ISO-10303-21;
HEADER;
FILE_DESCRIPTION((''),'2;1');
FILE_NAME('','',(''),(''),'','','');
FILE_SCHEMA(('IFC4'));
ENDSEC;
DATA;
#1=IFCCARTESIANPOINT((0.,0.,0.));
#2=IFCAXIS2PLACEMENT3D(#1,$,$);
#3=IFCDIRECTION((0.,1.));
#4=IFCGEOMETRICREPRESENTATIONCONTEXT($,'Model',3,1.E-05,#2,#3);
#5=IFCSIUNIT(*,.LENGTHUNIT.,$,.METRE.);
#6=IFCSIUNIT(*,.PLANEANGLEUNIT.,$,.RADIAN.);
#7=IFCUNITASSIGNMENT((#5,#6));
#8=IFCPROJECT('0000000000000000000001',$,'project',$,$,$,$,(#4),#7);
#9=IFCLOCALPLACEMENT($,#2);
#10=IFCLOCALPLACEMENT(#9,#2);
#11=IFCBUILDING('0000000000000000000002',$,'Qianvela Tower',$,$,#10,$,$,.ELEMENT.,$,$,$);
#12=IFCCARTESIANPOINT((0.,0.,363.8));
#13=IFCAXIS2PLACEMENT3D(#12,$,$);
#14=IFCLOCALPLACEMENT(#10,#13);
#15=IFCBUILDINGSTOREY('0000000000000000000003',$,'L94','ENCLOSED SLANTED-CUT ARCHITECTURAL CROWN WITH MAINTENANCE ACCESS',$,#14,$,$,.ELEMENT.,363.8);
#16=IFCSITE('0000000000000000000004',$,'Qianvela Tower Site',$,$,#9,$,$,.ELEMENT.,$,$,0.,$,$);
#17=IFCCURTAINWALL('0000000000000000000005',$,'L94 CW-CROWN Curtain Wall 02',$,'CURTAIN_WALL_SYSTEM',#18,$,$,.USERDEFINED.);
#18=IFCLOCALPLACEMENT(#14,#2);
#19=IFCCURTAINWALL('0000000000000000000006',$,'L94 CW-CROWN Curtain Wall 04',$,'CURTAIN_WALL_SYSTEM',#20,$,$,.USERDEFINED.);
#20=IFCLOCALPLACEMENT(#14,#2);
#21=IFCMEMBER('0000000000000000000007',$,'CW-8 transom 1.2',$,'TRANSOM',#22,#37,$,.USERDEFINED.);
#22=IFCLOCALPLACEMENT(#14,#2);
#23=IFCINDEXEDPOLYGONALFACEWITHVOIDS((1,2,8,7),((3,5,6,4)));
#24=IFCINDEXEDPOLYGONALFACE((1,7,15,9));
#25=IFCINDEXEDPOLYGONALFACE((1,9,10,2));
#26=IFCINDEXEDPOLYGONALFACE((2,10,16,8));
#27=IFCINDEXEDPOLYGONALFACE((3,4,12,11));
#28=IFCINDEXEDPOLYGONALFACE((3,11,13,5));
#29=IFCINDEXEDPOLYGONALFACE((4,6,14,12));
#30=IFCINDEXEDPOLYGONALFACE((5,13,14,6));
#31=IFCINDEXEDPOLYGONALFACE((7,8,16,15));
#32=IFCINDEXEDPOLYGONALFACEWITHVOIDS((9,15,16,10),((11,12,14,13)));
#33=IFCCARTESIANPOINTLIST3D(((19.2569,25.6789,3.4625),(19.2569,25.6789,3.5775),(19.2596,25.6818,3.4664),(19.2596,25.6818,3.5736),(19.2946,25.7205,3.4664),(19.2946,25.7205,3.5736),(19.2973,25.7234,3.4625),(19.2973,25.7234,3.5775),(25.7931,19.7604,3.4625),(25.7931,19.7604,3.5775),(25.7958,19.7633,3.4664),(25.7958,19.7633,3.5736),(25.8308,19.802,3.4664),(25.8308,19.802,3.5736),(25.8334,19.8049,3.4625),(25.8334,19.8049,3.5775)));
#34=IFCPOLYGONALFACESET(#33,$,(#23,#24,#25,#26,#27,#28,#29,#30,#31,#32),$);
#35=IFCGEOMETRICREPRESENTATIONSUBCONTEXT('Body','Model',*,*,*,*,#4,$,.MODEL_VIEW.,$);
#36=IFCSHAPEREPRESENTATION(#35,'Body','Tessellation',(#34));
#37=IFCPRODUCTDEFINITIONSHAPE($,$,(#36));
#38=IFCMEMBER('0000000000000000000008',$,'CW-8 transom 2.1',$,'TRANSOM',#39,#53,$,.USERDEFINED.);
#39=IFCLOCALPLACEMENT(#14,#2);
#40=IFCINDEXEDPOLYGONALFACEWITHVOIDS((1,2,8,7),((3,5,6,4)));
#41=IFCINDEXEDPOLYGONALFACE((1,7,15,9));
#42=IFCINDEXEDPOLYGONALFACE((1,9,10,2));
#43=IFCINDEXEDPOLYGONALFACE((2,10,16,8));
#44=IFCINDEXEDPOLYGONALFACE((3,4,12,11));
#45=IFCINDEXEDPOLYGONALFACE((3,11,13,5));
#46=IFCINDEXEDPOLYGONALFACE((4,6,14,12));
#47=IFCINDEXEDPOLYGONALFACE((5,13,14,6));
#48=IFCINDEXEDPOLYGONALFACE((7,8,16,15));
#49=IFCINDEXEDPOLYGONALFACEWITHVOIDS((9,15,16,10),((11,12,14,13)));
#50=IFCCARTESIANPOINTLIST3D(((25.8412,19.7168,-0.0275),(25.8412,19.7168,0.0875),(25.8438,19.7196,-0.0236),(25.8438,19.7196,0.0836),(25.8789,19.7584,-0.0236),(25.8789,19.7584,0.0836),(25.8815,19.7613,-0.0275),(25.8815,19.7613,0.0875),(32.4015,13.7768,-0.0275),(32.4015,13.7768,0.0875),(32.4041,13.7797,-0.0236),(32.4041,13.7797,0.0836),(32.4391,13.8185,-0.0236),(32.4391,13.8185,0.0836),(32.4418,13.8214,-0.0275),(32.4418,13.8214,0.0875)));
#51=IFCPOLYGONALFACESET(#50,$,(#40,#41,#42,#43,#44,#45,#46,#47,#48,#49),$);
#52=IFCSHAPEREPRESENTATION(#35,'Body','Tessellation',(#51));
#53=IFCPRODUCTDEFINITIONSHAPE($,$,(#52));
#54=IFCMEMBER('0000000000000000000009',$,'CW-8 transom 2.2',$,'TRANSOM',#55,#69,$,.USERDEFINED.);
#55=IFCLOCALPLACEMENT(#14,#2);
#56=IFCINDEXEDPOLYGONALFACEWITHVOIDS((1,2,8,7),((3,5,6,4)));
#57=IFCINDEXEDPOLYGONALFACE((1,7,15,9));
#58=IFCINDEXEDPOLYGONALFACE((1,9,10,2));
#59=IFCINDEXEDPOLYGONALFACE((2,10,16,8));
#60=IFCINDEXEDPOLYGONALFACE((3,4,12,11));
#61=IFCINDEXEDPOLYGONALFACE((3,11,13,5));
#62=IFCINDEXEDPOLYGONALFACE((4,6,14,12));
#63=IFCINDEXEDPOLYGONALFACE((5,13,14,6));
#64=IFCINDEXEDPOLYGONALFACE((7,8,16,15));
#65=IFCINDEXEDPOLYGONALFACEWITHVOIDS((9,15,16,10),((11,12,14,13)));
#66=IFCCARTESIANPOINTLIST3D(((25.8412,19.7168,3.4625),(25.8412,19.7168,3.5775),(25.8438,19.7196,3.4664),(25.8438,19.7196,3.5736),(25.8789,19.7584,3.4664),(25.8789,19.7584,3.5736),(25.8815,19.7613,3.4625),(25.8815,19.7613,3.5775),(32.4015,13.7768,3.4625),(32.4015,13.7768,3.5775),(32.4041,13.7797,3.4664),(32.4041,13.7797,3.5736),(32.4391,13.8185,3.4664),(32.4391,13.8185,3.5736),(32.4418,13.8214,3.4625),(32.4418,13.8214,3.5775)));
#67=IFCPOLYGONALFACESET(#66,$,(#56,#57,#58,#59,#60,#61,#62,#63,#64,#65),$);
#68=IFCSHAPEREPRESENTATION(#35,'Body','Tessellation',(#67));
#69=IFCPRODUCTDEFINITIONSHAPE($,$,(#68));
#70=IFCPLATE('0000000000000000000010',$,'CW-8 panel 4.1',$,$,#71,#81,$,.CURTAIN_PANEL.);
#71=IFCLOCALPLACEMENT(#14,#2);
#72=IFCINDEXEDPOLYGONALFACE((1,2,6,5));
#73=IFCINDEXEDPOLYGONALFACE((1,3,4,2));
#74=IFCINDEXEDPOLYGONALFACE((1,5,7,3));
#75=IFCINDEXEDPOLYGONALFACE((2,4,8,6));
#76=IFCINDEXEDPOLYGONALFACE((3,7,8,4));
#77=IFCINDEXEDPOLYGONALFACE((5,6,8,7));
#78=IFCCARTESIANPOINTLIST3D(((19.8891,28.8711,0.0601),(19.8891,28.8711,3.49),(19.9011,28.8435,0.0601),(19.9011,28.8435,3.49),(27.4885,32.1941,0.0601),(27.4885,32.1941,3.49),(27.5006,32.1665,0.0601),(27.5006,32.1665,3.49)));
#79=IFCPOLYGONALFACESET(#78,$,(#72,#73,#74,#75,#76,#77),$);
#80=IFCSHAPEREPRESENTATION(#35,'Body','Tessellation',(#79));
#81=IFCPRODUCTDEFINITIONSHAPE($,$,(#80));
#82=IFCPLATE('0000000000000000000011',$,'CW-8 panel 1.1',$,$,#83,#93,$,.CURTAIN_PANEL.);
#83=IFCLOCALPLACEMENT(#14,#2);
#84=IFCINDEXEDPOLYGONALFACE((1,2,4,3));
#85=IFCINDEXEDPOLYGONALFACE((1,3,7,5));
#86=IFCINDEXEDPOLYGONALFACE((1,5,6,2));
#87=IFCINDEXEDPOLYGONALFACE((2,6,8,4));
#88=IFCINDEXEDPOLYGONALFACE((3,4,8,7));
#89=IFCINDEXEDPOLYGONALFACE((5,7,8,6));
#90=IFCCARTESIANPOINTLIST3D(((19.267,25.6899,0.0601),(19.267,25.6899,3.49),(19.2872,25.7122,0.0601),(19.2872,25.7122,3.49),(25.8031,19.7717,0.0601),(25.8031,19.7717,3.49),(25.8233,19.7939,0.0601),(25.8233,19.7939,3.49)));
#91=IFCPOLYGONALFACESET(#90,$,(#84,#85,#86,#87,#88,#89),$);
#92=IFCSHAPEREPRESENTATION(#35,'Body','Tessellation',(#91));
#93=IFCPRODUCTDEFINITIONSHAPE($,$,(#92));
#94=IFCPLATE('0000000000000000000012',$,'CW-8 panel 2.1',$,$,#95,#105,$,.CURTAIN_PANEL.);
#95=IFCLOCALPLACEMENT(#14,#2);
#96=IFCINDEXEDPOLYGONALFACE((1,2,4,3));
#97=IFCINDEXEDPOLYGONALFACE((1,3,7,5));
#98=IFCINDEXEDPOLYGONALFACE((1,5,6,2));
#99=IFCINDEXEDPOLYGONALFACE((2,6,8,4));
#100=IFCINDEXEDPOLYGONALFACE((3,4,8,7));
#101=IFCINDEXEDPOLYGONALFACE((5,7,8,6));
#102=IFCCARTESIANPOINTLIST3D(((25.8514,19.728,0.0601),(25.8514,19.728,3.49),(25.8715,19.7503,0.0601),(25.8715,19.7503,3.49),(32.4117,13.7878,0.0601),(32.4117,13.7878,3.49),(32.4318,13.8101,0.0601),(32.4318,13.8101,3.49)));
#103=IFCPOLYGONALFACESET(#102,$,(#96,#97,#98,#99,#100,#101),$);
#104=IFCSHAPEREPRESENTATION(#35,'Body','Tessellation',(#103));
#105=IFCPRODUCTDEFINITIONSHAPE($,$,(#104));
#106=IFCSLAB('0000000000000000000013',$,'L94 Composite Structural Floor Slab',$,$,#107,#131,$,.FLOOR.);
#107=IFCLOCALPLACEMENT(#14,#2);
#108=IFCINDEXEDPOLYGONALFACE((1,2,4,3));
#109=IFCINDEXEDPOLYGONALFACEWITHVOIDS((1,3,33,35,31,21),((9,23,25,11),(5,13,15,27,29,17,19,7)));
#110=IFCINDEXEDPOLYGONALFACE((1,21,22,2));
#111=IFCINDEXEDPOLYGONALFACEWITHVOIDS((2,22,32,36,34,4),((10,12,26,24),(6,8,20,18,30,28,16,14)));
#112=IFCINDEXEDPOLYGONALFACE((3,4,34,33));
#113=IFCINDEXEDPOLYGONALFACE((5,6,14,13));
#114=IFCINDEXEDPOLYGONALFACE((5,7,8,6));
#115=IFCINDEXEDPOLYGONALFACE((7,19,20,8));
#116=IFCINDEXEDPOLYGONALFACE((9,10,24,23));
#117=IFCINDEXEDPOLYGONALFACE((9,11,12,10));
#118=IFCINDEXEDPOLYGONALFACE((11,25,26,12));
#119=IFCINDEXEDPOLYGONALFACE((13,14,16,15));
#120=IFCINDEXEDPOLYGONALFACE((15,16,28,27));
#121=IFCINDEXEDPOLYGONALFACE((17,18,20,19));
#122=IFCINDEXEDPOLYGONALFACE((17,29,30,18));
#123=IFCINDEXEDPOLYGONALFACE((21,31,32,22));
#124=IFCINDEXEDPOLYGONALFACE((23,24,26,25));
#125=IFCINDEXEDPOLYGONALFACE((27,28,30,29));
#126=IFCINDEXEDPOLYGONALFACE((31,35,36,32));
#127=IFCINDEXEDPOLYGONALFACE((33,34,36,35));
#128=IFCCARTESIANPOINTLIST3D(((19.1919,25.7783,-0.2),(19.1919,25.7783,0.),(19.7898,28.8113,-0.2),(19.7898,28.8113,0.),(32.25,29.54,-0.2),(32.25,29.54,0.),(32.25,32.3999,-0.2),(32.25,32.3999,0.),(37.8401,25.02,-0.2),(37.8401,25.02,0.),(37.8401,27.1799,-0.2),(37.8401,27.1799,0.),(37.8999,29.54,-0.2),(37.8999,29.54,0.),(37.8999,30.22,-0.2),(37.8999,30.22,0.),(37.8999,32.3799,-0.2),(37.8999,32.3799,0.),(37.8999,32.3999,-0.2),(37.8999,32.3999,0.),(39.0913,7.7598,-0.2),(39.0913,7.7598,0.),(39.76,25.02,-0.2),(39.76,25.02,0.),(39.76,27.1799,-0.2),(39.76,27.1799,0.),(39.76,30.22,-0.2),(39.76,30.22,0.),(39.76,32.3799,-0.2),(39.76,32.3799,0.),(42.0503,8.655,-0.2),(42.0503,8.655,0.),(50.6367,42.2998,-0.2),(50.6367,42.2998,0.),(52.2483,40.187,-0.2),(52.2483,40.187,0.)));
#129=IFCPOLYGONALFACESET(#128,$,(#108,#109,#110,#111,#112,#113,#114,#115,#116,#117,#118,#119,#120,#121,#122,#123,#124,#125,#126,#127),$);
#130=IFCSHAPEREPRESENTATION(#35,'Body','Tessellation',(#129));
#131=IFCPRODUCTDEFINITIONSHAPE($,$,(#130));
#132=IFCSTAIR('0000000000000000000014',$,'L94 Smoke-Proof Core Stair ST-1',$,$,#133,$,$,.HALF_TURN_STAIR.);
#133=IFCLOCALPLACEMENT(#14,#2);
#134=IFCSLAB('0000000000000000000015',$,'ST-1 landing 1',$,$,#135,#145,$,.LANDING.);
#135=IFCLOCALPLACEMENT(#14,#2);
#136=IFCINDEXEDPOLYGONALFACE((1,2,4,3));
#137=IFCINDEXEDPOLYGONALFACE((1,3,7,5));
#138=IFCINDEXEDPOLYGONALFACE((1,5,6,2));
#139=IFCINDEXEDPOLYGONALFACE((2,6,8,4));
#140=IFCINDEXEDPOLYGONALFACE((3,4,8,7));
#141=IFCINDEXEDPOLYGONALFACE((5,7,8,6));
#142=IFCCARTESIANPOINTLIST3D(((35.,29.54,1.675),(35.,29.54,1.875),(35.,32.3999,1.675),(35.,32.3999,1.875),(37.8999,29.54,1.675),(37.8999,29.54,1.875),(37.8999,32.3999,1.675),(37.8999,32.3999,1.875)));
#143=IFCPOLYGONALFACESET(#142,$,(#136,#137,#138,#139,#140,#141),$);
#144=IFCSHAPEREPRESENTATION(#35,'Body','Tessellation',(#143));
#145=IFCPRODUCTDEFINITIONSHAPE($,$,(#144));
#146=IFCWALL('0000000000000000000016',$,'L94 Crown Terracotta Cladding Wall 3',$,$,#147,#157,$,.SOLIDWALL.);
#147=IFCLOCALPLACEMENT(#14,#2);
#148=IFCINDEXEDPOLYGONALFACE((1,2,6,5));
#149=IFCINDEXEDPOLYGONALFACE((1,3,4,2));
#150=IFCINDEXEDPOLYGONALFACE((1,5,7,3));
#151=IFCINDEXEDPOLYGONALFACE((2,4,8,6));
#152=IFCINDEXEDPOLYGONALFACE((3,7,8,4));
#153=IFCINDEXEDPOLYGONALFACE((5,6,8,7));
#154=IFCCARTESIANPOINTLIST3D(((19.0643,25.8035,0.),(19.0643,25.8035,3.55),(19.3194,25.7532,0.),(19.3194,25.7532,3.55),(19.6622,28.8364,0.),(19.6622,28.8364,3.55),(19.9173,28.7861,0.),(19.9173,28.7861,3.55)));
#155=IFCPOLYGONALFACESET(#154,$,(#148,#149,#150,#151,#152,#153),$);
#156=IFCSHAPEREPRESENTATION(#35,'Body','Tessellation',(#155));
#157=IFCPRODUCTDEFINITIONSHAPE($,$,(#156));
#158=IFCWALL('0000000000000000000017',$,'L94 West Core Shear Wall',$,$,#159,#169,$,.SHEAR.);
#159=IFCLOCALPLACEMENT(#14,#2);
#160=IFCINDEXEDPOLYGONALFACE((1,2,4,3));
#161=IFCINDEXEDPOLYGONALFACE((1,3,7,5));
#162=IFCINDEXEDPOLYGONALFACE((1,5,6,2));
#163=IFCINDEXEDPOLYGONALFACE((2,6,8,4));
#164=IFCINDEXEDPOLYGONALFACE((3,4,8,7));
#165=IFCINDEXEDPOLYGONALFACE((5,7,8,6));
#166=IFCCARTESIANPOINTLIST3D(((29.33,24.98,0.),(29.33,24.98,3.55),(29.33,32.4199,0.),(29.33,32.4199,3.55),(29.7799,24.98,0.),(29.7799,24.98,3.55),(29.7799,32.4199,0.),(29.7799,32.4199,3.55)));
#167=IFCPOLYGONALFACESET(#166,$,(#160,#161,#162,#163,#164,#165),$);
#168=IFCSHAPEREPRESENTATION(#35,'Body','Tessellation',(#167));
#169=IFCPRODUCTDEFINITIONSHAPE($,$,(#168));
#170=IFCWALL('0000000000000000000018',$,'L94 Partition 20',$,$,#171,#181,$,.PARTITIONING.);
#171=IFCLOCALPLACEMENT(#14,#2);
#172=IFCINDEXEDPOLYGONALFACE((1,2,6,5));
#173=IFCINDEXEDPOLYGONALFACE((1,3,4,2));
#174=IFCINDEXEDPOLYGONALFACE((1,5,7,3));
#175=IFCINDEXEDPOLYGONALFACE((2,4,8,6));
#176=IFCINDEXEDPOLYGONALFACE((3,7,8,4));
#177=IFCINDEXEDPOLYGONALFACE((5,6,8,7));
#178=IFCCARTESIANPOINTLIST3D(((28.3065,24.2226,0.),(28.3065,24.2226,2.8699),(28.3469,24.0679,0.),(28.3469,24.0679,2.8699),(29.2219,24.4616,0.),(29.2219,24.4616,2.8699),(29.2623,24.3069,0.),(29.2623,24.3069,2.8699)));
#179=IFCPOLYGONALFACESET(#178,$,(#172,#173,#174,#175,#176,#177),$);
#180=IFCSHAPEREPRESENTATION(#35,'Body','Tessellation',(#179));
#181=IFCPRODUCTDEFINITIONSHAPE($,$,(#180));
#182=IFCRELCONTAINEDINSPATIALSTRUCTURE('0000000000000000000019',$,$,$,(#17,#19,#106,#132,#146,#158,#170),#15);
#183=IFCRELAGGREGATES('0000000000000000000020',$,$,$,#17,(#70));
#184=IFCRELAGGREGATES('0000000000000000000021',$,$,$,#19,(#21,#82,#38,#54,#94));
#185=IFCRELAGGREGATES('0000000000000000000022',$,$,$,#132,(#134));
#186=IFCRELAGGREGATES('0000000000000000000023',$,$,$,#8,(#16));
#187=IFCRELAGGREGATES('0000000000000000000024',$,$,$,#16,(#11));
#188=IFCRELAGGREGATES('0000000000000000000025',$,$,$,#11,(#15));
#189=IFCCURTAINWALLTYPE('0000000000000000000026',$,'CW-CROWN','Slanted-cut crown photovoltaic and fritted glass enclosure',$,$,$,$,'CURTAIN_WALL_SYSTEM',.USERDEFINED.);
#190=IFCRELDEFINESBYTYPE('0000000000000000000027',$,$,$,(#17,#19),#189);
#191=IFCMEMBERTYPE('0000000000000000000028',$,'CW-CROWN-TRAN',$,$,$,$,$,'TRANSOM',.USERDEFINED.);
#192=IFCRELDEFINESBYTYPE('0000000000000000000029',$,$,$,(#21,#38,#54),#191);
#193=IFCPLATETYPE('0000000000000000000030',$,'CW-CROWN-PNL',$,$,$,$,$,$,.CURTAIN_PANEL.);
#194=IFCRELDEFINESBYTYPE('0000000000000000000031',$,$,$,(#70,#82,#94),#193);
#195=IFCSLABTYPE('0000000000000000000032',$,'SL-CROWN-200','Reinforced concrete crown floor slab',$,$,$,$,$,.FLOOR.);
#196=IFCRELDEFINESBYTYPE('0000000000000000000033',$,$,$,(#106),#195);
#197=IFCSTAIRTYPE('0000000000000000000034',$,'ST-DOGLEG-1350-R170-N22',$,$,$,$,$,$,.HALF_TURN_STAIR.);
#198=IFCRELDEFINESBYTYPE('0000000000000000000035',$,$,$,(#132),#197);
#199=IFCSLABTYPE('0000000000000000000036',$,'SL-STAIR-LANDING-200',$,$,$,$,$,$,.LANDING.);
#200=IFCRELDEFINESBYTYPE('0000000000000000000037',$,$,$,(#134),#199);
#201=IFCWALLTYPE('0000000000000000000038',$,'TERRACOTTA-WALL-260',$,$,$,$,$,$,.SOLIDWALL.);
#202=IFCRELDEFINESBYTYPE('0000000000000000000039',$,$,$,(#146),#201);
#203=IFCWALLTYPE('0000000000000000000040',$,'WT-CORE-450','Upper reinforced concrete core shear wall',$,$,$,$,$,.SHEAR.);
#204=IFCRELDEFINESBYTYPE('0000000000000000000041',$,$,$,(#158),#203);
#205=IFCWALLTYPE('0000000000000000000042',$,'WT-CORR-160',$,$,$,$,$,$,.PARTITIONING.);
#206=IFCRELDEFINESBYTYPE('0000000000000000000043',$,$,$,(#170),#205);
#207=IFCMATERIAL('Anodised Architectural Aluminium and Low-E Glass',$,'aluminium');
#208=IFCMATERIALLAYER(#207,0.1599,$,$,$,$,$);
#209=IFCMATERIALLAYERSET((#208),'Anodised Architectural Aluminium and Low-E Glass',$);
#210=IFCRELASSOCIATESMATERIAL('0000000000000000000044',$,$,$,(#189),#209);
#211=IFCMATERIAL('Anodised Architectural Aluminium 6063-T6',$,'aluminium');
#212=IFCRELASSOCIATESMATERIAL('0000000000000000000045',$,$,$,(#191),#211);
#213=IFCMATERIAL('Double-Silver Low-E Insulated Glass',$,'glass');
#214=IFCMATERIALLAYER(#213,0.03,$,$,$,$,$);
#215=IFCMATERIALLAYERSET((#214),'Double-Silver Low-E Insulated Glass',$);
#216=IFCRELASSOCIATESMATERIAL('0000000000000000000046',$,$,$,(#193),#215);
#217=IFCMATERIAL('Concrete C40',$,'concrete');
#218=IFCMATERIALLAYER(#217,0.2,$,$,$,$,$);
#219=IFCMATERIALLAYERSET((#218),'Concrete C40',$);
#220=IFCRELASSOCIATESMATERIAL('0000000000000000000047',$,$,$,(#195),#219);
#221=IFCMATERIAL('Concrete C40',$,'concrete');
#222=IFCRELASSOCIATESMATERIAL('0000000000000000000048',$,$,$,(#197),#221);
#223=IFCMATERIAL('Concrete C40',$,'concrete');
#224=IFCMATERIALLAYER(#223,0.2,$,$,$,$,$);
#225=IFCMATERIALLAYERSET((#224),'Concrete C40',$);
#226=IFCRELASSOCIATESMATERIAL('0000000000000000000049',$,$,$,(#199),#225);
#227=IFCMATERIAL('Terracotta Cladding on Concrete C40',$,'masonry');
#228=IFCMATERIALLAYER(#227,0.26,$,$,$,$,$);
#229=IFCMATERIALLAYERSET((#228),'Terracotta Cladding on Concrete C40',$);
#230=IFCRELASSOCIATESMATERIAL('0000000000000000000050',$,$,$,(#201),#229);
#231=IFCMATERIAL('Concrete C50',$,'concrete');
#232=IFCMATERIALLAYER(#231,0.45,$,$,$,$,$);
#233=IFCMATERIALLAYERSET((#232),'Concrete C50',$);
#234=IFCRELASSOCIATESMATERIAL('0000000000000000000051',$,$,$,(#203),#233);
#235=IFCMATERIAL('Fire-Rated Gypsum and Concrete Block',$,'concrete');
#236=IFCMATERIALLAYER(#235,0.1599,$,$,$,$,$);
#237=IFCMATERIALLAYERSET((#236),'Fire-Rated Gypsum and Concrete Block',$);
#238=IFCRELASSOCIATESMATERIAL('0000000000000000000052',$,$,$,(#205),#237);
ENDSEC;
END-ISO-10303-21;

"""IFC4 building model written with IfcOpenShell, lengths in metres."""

from ifc_helpers import new_model, si_unit, direction, frame, frame_2d, origin, origin_2d, place, context, subcontext, project, spatial, polyline, rectangle, hollow_rectangle, outline, extrude, material, layer, layer_set, material_profile, profile_set, type_object, element, aggregate, save


model = new_model("IFC4")

# Units and contexts
model_context = context("Model", 3, precision=1e-05, world=origin(), true_north=direction((0.0, 1.0)))
body_context = subcontext(model_context, "Body", "Model", "MODEL_VIEW")
ifc_project = project(units=[si_unit("LENGTHUNIT", "METRE"), si_unit("PLANEANGLEUNIT", "RADIAN")], contexts=[model_context])

# Site, building, storey
site_placement = place(None, origin())
site = spatial("IfcSite", under=ifc_project, at=site_placement, Name="Qianvela Tower Site", CompositionType="ELEMENT", RefElevation=0.0)
building_placement = place(site_placement, origin())
building = spatial("IfcBuilding", under=site, at=building_placement, Name="Qianvela Tower", CompositionType="ELEMENT")
storey_placement = place(building_placement, frame((0.0, 0.0, 363.8)))
storey = spatial("IfcBuildingStorey", under=building, at=storey_placement, Name="L94", Description="ENCLOSED SLANTED-CUT ARCHITECTURAL CROWN WITH MAINTENANCE ACCESS", CompositionType="ELEMENT", Elevation=363.8)

# Curtain walls
ifc_material_1 = material(Name="Anodised Architectural Aluminium and Low-E Glass", Category="aluminium")
ifc_layer_1 = layer(ifc_material_1, 0.1599)
ifc_layer_set_1 = layer_set([ifc_layer_1], Name="Anodised Architectural Aluminium and Low-E Glass")
curtain_wall_type = type_object("IfcCurtainWallType", Name="CW-CROWN", Description="Slanted-cut crown photovoltaic and fritted glass enclosure", ElementType="CURTAIN_WALL_SYSTEM", PredefinedType="USERDEFINED", material=ifc_layer_set_1)
curtain_wall_1_placement = place(storey_placement, origin())
curtain_wall_1 = element("IfcCurtainWall", 1, at=curtain_wall_1_placement, inside=storey, type_object=curtain_wall_type, Name="L94 CW-CROWN Curtain Wall 02", ObjectType="CURTAIN_WALL_SYSTEM", PredefinedType="USERDEFINED")
curtain_wall_2_placement = place(storey_placement, origin())
curtain_wall_2 = element("IfcCurtainWall", 2, at=curtain_wall_2_placement, inside=storey, type_object=curtain_wall_type, Name="L94 CW-CROWN Curtain Wall 04", ObjectType="CURTAIN_WALL_SYSTEM", PredefinedType="USERDEFINED")

# Members
ifc_material_2 = material(Name="Anodised Architectural Aluminium 6063-T6", Category="aluminium")
ifc_material_profile_1 = material_profile(ifc_material_2, hollow_rectangle(XDim=0.0601, YDim=0.115, WallThickness=0.0039, at=origin_2d()), Name="ALU-TRAN-60x115")
ifc_profile_set_1 = profile_set([ifc_material_profile_1], Name="Anodised Architectural Aluminium 6063-T6")
member_type_1 = type_object("IfcMemberType", Name="CW-CROWN-TRAN", ElementType="TRANSOM", PredefinedType="USERDEFINED", material=ifc_profile_set_1)
member_1_placement = place(storey_placement, frame((19.2771, 25.7012, 3.52), z_axis=(0.741264, -0.671213, 0.0), x_axis=(0.671213, 0.741264, 0.0)))
member_1 = element("IfcMember", 3, at=member_1_placement, type_object=member_type_1, Name="CW-8 transom 1.2", ObjectType="TRANSOM", PredefinedType="USERDEFINED", context=body_context, shape_type="SweptSolid", body=[
    extrude(hollow_rectangle(XDim=0.0601, YDim=0.115, WallThickness=0.0039, at=origin_2d()), origin(), (0.0, 0.0, 1.0), 8.8176),
])
member_2_placement = place(storey_placement, frame((25.8613, 19.739, 0.03), z_axis=(0.741287, -0.671188, 0.0), x_axis=(0.671188, 0.741287, 0.0)))
member_2 = element("IfcMember", 4, at=member_2_placement, type_object=member_type_1, Name="CW-8 transom 2.1", ObjectType="TRANSOM", PredefinedType="USERDEFINED", context=body_context, shape_type="SweptSolid", body=[
    extrude(hollow_rectangle(XDim=0.0601, YDim=0.115, WallThickness=0.0039, at=origin_2d()), origin(), (0.0, 0.0, 1.0), 8.8499),
])
member_3_placement = place(storey_placement, frame((25.8613, 19.739, 3.52), z_axis=(0.741287, -0.671188, 0.0), x_axis=(0.671188, 0.741287, 0.0)))
member_3 = element("IfcMember", 5, at=member_3_placement, type_object=member_type_1, Name="CW-8 transom 2.2", ObjectType="TRANSOM", PredefinedType="USERDEFINED", context=body_context, shape_type="SweptSolid", body=[
    extrude(hollow_rectangle(XDim=0.0601, YDim=0.115, WallThickness=0.0039, at=origin_2d()), origin(), (0.0, 0.0, 1.0), 8.8499),
])

# Plates
ifc_material_3 = material(Name="Double-Silver Low-E Insulated Glass", Category="glass")
ifc_layer_2 = layer(ifc_material_3, 0.03)
ifc_layer_set_2 = layer_set([ifc_layer_2], Name="Double-Silver Low-E Insulated Glass")
plate_type = type_object("IfcPlateType", Name="CW-CROWN-PNL", PredefinedType="CURTAIN_PANEL", material=ifc_layer_set_2)
plate_1_placement = place(storey_placement, frame((23.6948, 30.5188, 0.0601), z_axis=(0.0, 0.0, 1.0), x_axis=(-0.916235, -0.400642, 0.0)))
plate_1 = element("IfcPlate", 6, at=plate_1_placement, type_object=plate_type, Name="CW-8 panel 4.1", PredefinedType="CURTAIN_PANEL", context=body_context, shape_type="SweptSolid", body=[
    extrude(rectangle(XDim=8.2942, YDim=0.03, at=origin_2d()), origin(), (0.0, 0.0, 1.0), 3.4299),
])
aggregate(curtain_wall_1, [plate_1])
plate_2_placement = place(storey_placement, frame((22.5452, 22.7419, 0.0601), z_axis=(0.0, 0.0, 1.0), x_axis=(0.741273, -0.671204, 0.0)))
plate_2 = element("IfcPlate", 7, at=plate_2_placement, type_object=plate_type, Name="CW-8 panel 1.1", PredefinedType="CURTAIN_PANEL", context=body_context, shape_type="SweptSolid", body=[
    extrude(rectangle(XDim=8.8174, YDim=0.03, at=origin_2d()), origin(), (0.0, 0.0, 1.0), 3.4299),
])
plate_3_placement = place(storey_placement, frame((29.1416, 16.769, 0.0601), z_axis=(0.0, 0.0, 1.0), x_axis=(0.741273, -0.671204, 0.0)))
plate_3 = element("IfcPlate", 8, at=plate_3_placement, type_object=plate_type, Name="CW-8 panel 2.1", PredefinedType="CURTAIN_PANEL", context=body_context, shape_type="SweptSolid", body=[
    extrude(rectangle(XDim=8.8501, YDim=0.03, at=origin_2d()), origin(), (0.0, 0.0, 1.0), 3.4299),
])
aggregate(curtain_wall_2, [member_1, plate_2, member_2, member_3, plate_3])

# Slab
ifc_material_4 = material(Name="Concrete C40", Category="concrete")
ifc_layer_3 = layer(ifc_material_4, 0.2)
ifc_layer_set_3 = layer_set([ifc_layer_3], Name="Concrete C40")
slab_type_1 = type_object("IfcSlabType", Name="SL-CROWN-200", Description="Reinforced concrete crown floor slab", PredefinedType="FLOOR", material=ifc_layer_set_3)
slab_1_placement = place(storey_placement, frame((0.0, 0.0, -0.2)))
element("IfcSlab", 9, at=slab_1_placement, inside=storey, type_object=slab_type_1, Name="L94 Composite Structural Floor Slab", PredefinedType="FLOOR", context=body_context, shape_type="SweptSolid", body=[
    extrude(outline(polyline([(52.2483, 40.187), (50.6367, 42.2998), (19.7898, 28.8113), (19.1919, 25.7783), (39.0913, 7.7598), (42.0503, 8.655), (52.2483, 40.187)]), holes=[polyline([(37.8401, 25.02), (39.76, 25.02), (39.76, 27.1799), (37.8401, 27.1799), (37.8401, 25.02)]), polyline([(37.8999, 29.54), (37.8999, 30.22), (39.76, 30.22), (39.76, 32.3799), (37.8999, 32.3799), (37.8999, 32.3999), (32.25, 32.3999), (32.25, 29.54), (37.8999, 29.54)])]), origin(), (0.0, 0.0, 1.0), 0.2),
])

# Stair, slab
ifc_material_5 = material(Name="Concrete C40", Category="concrete")
stair_type = type_object("IfcStairType", Name="ST-DOGLEG-1350-R170-N22", PredefinedType="HALF_TURN_STAIR", material=ifc_material_5)
stair_placement = place(storey_placement, origin())
stair = element("IfcStair", 10, at=stair_placement, inside=storey, type_object=stair_type, Name="L94 Smoke-Proof Core Stair ST-1", PredefinedType="HALF_TURN_STAIR")
ifc_material_6 = material(Name="Concrete C40", Category="concrete")
ifc_layer_4 = layer(ifc_material_6, 0.2)
ifc_layer_set_4 = layer_set([ifc_layer_4], Name="Concrete C40")
slab_type_2 = type_object("IfcSlabType", Name="SL-STAIR-LANDING-200", PredefinedType="LANDING", material=ifc_layer_set_4)
slab_2_placement = place(storey_placement, frame((0.0, 0.0, 1.675)))
slab_2 = element("IfcSlab", 11, at=slab_2_placement, type_object=slab_type_2, Name="ST-1 landing 1", PredefinedType="LANDING", context=body_context, shape_type="SweptSolid", body=[
    extrude(outline(polyline([(35.0, 29.54), (37.8999, 29.54), (37.8999, 32.3999), (35.0, 32.3999), (35.0, 29.54)])), origin(), (0.0, 0.0, 1.0), 0.2),
])
aggregate(stair, [slab_2])

# Walls
ifc_material_7 = material(Name="Terracotta Cladding on Concrete C40", Category="masonry")
ifc_layer_5 = layer(ifc_material_7, 0.26)
ifc_layer_set_5 = layer_set([ifc_layer_5], Name="Terracotta Cladding on Concrete C40")
wall_type_1 = type_object("IfcWallType", Name="TERRACOTTA-WALL-260", PredefinedType="SOLIDWALL", material=ifc_layer_set_5)
wall_1_placement = place(storey_placement, frame((19.7898, 28.8113, 0.0), z_axis=(0.0, 0.0, 1.0), x_axis=(-0.193412, -0.981118, 0.0)))
element("IfcWall", 12, at=wall_1_placement, inside=storey, type_object=wall_type_1, Name="L94 Crown Terracotta Cladding Wall 3", PredefinedType="SOLIDWALL", context=body_context, shape_type="SweptSolid", body=[
    extrude(rectangle(XDim=3.0913, YDim=0.26, at=frame_2d((1.5457, 0.0))), origin(), (0.0, 0.0, 1.0), 3.55),
])
ifc_material_8 = material(Name="Concrete C50", Category="concrete")
ifc_layer_6 = layer(ifc_material_8, 0.45)
ifc_layer_set_6 = layer_set([ifc_layer_6], Name="Concrete C50")
wall_type_2 = type_object("IfcWallType", Name="WT-CORE-450", Description="Upper reinforced concrete core shear wall", PredefinedType="SHEAR", material=ifc_layer_set_6)
wall_2_placement = place(storey_placement, frame((29.5549, 24.98, 0.0), z_axis=(0.0, 0.0, 1.0), x_axis=(0.0, 1.0, 0.0)))
element("IfcWall", 13, at=wall_2_placement, inside=storey, type_object=wall_type_2, Name="L94 West Core Shear Wall", PredefinedType="SHEAR", context=body_context, shape_type="SweptSolid", body=[
    extrude(rectangle(XDim=7.4399, YDim=0.45, at=frame_2d((3.72, 0.0))), origin(), (0.0, 0.0, 1.0), 3.55),
])
ifc_material_9 = material(Name="Fire-Rated Gypsum and Concrete Block", Category="concrete")
ifc_layer_7 = layer(ifc_material_9, 0.1599)
ifc_layer_set_7 = layer_set([ifc_layer_7], Name="Fire-Rated Gypsum and Concrete Block")
wall_type_3 = type_object("IfcWallType", Name="WT-CORR-160", PredefinedType="PARTITIONING", material=ifc_layer_set_7)
wall_3_placement = place(storey_placement, frame((29.2422, 24.3843, 0.0), z_axis=(0.0, 0.0, 1.0), x_axis=(-0.967554, -0.252664, 0.0)))
element("IfcWall", 14, at=wall_3_placement, inside=storey, type_object=wall_type_3, Name="L94 Partition 20", PredefinedType="PARTITIONING", context=body_context, shape_type="SweptSolid", body=[
    extrude(rectangle(XDim=0.946, YDim=0.1599, at=frame_2d((0.4731, 0.0))), origin(), (0.0, 0.0, 1.0), 2.8699),
])

save(model, "model.ifc")
